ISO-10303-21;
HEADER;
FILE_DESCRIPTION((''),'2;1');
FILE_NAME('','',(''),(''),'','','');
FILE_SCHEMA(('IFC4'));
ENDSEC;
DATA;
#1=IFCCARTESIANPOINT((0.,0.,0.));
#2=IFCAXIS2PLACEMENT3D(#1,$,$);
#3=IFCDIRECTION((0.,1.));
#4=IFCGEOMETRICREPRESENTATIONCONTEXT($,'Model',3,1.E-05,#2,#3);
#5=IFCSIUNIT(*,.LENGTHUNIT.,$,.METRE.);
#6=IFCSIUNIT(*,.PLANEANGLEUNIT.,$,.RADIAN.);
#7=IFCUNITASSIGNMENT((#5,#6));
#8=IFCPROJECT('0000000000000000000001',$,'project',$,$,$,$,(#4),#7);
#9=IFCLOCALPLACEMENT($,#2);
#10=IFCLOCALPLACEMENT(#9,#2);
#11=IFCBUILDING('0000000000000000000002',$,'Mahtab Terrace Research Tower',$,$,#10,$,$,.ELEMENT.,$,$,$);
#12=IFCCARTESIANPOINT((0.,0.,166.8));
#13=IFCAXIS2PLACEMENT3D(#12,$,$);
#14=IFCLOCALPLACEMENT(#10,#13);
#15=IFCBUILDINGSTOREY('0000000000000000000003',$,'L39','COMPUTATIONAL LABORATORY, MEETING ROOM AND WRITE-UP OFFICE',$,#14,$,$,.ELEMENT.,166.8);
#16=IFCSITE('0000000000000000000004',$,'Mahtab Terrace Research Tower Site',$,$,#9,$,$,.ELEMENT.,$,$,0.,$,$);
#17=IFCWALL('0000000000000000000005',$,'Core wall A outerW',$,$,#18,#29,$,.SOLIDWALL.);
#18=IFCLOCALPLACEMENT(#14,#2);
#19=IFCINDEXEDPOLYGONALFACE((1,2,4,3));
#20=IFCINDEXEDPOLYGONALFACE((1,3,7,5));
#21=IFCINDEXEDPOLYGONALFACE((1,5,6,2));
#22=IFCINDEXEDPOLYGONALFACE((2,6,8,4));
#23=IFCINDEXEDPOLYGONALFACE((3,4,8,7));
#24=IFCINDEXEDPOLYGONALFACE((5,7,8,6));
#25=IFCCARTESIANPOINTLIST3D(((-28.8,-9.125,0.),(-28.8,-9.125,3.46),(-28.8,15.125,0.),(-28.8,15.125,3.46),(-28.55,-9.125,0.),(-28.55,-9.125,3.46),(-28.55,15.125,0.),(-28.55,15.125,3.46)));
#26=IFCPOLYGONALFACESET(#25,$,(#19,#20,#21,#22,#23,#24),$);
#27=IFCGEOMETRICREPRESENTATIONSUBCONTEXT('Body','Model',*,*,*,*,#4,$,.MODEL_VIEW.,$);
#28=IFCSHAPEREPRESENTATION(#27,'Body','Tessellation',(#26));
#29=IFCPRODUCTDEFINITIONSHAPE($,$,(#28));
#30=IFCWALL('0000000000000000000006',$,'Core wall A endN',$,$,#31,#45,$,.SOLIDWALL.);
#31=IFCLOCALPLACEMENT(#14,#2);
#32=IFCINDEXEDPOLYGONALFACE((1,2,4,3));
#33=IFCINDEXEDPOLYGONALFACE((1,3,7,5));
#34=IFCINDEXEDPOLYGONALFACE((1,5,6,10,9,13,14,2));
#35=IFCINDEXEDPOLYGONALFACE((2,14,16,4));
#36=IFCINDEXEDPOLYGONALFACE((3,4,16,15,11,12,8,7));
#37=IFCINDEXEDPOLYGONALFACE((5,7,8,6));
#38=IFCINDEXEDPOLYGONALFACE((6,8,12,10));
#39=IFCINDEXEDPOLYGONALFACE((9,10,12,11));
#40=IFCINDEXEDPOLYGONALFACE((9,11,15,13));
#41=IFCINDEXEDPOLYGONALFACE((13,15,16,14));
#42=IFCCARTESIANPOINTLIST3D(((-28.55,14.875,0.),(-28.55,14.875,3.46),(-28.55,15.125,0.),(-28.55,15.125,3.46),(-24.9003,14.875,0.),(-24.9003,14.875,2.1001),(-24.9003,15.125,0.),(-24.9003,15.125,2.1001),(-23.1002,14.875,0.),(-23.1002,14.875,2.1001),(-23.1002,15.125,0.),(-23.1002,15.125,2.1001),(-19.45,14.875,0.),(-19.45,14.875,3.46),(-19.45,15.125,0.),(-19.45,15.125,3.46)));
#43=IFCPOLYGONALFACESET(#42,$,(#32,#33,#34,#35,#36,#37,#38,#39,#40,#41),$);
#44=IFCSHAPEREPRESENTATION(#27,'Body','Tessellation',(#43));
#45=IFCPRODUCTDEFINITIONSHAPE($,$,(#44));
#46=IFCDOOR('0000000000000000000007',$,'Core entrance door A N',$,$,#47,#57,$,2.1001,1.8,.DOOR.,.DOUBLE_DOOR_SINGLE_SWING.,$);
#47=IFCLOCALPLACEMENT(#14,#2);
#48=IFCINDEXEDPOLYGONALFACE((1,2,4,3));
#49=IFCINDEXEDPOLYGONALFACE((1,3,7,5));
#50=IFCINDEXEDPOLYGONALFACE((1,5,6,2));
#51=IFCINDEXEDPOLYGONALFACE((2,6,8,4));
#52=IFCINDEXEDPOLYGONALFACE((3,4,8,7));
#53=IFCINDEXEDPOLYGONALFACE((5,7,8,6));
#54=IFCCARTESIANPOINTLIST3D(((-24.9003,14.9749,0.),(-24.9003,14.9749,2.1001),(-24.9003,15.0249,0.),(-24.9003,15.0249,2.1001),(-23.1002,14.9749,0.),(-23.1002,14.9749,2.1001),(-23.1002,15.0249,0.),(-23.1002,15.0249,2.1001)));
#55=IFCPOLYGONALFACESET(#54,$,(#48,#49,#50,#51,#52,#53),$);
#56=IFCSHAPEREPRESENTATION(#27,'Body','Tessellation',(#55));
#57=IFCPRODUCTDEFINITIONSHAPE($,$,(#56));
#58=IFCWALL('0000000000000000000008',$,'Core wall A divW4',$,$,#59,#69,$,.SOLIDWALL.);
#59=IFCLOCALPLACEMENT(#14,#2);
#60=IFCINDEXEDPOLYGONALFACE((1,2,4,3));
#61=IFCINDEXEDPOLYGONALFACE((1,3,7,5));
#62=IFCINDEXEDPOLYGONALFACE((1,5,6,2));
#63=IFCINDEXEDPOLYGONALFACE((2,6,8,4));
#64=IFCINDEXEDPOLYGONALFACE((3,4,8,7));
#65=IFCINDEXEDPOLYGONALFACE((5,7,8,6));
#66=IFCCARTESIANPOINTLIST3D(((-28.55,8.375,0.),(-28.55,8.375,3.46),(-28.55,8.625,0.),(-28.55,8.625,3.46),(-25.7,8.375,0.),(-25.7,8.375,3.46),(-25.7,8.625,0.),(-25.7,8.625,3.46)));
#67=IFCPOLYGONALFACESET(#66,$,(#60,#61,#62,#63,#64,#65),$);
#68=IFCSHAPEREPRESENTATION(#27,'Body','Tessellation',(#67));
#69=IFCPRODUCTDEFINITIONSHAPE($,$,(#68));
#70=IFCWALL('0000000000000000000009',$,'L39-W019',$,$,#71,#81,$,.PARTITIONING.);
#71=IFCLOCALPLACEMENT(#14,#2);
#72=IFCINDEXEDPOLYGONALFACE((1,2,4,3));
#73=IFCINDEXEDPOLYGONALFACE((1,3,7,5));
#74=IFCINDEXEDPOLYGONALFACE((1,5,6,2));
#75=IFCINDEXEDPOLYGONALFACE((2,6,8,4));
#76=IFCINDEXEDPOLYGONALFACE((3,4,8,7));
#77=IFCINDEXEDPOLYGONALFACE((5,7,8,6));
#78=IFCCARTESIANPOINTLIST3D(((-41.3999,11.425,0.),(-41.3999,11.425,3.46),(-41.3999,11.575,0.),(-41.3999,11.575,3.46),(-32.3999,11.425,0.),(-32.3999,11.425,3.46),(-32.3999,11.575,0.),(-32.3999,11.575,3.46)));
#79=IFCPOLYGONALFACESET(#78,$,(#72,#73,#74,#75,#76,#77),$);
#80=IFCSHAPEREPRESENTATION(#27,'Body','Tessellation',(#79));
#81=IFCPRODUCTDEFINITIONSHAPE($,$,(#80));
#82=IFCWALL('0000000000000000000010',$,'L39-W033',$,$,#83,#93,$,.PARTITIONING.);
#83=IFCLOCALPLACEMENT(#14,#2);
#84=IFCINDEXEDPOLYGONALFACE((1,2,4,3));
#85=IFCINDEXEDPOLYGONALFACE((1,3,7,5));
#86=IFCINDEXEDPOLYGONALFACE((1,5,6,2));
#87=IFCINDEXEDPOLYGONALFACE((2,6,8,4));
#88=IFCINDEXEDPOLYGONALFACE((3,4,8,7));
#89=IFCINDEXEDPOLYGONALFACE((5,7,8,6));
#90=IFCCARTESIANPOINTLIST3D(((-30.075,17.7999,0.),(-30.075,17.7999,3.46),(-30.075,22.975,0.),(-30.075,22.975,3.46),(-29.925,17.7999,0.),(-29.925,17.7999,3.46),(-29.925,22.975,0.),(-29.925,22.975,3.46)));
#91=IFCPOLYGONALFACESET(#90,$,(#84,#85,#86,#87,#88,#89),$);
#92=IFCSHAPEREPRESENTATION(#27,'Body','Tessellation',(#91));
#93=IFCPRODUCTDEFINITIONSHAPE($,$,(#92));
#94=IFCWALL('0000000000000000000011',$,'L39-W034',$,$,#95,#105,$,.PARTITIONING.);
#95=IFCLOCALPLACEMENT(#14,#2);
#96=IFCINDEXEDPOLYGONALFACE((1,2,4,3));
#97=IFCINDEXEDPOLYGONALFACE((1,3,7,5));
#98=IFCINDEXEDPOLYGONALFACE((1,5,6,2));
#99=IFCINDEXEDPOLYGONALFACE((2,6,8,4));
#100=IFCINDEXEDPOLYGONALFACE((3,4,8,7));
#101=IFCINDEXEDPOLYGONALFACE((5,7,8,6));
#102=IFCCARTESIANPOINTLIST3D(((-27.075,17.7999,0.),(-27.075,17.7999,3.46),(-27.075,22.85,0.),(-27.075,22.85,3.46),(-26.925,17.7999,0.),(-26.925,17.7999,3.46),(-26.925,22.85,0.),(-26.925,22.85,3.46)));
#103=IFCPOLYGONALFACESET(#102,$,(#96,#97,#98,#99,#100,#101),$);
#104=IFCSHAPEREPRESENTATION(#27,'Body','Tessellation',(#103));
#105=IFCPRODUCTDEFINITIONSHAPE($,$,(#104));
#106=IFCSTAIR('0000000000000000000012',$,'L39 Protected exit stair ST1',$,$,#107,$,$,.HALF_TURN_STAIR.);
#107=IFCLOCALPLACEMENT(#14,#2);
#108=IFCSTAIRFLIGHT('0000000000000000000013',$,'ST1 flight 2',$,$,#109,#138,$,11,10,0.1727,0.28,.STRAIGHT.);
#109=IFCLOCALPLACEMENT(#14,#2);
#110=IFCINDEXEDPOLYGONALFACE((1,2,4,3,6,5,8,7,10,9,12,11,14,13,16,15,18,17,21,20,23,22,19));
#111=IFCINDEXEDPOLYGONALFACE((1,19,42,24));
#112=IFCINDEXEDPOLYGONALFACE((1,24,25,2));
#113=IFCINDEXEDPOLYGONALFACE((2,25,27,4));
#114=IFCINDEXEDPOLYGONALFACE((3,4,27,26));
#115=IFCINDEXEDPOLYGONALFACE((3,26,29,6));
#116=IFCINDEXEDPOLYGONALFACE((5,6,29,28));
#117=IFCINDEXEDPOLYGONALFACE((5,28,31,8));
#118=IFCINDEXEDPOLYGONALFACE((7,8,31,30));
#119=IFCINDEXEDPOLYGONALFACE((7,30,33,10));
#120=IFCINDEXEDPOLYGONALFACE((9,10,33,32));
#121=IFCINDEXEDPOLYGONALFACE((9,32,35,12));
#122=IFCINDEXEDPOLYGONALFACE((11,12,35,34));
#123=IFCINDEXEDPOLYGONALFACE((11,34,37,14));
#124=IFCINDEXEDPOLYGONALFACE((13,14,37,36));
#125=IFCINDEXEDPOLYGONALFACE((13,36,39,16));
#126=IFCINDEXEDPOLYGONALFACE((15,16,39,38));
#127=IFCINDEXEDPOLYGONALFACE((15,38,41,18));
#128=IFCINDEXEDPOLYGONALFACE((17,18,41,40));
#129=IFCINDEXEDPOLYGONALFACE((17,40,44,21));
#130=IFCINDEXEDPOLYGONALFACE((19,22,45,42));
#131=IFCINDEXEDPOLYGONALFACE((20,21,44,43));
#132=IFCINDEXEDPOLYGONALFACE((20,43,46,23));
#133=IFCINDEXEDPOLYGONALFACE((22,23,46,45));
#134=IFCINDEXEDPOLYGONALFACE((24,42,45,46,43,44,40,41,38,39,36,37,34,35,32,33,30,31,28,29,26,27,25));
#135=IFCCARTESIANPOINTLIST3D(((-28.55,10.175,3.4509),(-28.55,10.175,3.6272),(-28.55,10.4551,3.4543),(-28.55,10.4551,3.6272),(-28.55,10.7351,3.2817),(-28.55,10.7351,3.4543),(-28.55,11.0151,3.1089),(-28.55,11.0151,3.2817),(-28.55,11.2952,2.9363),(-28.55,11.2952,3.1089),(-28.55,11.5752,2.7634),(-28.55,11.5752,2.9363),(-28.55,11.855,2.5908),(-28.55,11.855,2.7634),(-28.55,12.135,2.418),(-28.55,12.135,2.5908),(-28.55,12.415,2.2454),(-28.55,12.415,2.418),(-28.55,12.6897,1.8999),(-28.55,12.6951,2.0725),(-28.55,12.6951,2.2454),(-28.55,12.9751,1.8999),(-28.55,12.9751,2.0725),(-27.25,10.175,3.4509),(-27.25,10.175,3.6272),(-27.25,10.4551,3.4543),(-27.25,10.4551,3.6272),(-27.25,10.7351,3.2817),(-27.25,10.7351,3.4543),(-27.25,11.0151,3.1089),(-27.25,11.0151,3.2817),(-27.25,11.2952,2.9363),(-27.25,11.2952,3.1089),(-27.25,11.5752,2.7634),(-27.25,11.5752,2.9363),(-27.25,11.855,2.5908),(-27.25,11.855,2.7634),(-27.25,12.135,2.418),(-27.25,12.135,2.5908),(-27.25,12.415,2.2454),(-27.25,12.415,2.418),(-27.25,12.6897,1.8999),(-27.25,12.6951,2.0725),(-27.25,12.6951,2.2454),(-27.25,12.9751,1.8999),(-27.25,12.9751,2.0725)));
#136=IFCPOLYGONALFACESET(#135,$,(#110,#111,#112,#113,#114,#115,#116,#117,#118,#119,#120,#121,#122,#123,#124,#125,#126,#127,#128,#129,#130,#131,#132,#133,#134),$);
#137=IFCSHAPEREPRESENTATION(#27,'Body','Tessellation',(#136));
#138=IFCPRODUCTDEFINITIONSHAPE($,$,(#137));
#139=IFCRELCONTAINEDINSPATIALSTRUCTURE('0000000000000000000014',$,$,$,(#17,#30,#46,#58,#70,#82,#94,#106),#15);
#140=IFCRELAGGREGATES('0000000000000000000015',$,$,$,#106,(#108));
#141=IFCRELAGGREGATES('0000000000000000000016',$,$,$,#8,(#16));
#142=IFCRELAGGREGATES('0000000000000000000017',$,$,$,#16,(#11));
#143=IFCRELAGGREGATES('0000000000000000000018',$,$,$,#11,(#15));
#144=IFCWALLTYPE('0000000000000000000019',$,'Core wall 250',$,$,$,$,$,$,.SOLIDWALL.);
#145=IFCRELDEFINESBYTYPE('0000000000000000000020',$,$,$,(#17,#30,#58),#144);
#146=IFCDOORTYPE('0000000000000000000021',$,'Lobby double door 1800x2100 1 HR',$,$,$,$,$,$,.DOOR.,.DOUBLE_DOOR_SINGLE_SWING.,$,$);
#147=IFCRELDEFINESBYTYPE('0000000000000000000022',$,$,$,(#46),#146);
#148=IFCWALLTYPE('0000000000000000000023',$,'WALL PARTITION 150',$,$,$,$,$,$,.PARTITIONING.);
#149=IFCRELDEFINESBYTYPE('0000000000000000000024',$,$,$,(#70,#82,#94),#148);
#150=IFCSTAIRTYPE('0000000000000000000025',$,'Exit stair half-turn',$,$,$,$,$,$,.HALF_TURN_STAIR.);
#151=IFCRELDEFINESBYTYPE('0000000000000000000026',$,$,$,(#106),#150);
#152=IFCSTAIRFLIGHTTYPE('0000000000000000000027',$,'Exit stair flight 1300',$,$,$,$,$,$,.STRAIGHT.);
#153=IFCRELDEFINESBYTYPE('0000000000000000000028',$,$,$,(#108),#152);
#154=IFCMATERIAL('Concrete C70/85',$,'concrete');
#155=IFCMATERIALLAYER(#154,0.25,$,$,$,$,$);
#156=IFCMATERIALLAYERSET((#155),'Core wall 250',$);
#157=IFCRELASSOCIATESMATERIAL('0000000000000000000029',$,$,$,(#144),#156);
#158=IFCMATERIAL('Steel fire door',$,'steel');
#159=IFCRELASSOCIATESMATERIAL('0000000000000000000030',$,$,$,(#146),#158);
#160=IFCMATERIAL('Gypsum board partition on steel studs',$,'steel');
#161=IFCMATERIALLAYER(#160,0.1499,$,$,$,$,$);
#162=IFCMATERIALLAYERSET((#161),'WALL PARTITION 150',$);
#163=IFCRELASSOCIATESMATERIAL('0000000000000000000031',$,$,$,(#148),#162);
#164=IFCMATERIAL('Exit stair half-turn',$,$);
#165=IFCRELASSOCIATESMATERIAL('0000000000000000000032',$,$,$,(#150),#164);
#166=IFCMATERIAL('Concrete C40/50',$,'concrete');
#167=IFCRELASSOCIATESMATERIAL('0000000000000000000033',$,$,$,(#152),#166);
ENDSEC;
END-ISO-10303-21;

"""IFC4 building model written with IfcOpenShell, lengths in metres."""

from ifc_helpers import new_model, si_unit, direction, frame, frame_2d, origin, place, context, subcontext, project, spatial, polyline, rectangle, outline, extrude, material, layer, layer_set, type_object, element, fill, aggregate, save


model = new_model("IFC4")

# Units and contexts
model_context = context("Model", 3, precision=1e-05, world=origin(), true_north=direction((0.0, 1.0)))
body_context = subcontext(model_context, "Body", "Model", "MODEL_VIEW")
ifc_project = project(units=[si_unit("LENGTHUNIT", "METRE"), si_unit("PLANEANGLEUNIT", "RADIAN")], contexts=[model_context])

# Site, building, storey
site_placement = place(None, origin())
site = spatial("IfcSite", under=ifc_project, at=site_placement, Name="Mahtab Terrace Research Tower Site", CompositionType="ELEMENT", RefElevation=0.0)
building_placement = place(site_placement, origin())
building = spatial("IfcBuilding", under=site, at=building_placement, Name="Mahtab Terrace Research Tower", CompositionType="ELEMENT")
storey_placement = place(building_placement, frame((0.0, 0.0, 166.8)))
storey = spatial("IfcBuildingStorey", under=building, at=storey_placement, Name="L39", Description="COMPUTATIONAL LABORATORY, MEETING ROOM AND WRITE-UP OFFICE", CompositionType="ELEMENT", Elevation=166.8)

# Shared definitions
ifc_material_1 = material(Name="Concrete C70/85", Category="concrete")

# Wall
ifc_layer_1 = layer(ifc_material_1, 0.25)
ifc_layer_set_1 = layer_set([ifc_layer_1], Name="Core wall 250")
wall_type_1 = type_object("IfcWallType", Name="Core wall 250", PredefinedType="SOLIDWALL", material=ifc_layer_set_1)
wall_1_placement = place(storey_placement, frame((-28.675, 15.125, 0.0), z_axis=(0.0, 0.0, 1.0), x_axis=(0.0, -1.0, 0.0)))
element("IfcWall", 1, at=wall_1_placement, inside=storey, type_object=wall_type_1, Name="Core wall A outerW", PredefinedType="SOLIDWALL", context=body_context, shape_type="SweptSolid", body=[
    extrude(rectangle(XDim=24.25, YDim=0.25, at=frame_2d((12.125, 0.0))), origin(), (0.0, 0.0, 1.0), 3.46),
])

# Wall, opening, door
wall_2_placement = place(storey_placement, frame((-28.55, 15.0, 0.0), z_axis=(0.0, 0.0, 1.0), x_axis=(1.0, 0.0, 0.0)))
wall_2 = element("IfcWall", 2, at=wall_2_placement, inside=storey, type_object=wall_type_1, Name="Core wall A endN", PredefinedType="SOLIDWALL", context=body_context, shape_type="SweptSolid", body=[
    extrude(rectangle(XDim=9.1001, YDim=0.25, at=frame_2d((4.55, 0.0))), origin(), (0.0, 0.0, 1.0), 3.46),
])
opening_placement = place(wall_2_placement, frame((3.6499, 0.0, 0.0)))
opening = element("IfcOpeningElement", 3, at=opening_placement, cuts=wall_2, PredefinedType="OPENING", context=body_context, shape_type="SweptSolid", body=[
    extrude(rectangle(XDim=1.8, YDim=2.1001, at=frame_2d((0.8999, 1.05))), frame((0.0, 0.135, 0.0), z_axis=(0.0, -1.0, 0.0), x_axis=(1.0, 0.0, 0.0)), (0.0, 0.0, 1.0), 0.27),
])
ifc_material_2 = material(Name="Steel fire door", Category="steel")
door_type = type_object("IfcDoorType", Name="Lobby double door 1800x2100 1 HR", OperationType="DOUBLE_DOOR_SINGLE_SWING", PredefinedType="DOOR", material=ifc_material_2)
door_placement = place(opening_placement, origin())
door = element("IfcDoor", 4, at=door_placement, inside=storey, type_object=door_type, Name="Core entrance door A N", OperationType="DOUBLE_DOOR_SINGLE_SWING", OverallHeight=2.1001, OverallWidth=1.8, PredefinedType="DOOR", context=body_context, shape_type="SweptSolid", body=[
    extrude(rectangle(XDim=1.8, YDim=2.1001, at=frame_2d((0.8999, 1.05))), frame((0.0, 0.0249, 0.0), z_axis=(0.0, -1.0, 0.0), x_axis=(1.0, 0.0, 0.0)), (0.0, 0.0, 1.0), 0.05),
])
fill(opening, door)

# Walls
wall_3_placement = place(storey_placement, frame((-28.55, 8.5, 0.0), z_axis=(0.0, 0.0, 1.0), x_axis=(1.0, 0.0, 0.0)))
element("IfcWall", 5, at=wall_3_placement, inside=storey, type_object=wall_type_1, Name="Core wall A divW4", PredefinedType="SOLIDWALL", context=body_context, shape_type="SweptSolid", body=[
    extrude(rectangle(XDim=2.8501, YDim=0.25, at=frame_2d((1.425, 0.0))), origin(), (0.0, 0.0, 1.0), 3.46),
])
ifc_material_3 = material(Name="Gypsum board partition on steel studs", Category="steel")
ifc_layer_2 = layer(ifc_material_3, 0.1499)
ifc_layer_set_2 = layer_set([ifc_layer_2], Name="WALL PARTITION 150")
wall_type_2 = type_object("IfcWallType", Name="WALL PARTITION 150", PredefinedType="PARTITIONING", material=ifc_layer_set_2)
wall_4_placement = place(storey_placement, frame((-41.3999, 11.5, 0.0), z_axis=(0.0, 0.0, 1.0), x_axis=(1.0, 0.0, 0.0)))
element("IfcWall", 6, at=wall_4_placement, inside=storey, type_object=wall_type_2, Name="L39-W019", PredefinedType="PARTITIONING", context=body_context, shape_type="SweptSolid", body=[
    extrude(rectangle(XDim=9.0, YDim=0.1499, at=frame_2d((4.5, 0.0))), origin(), (0.0, 0.0, 1.0), 3.46),
])
wall_5_placement = place(storey_placement, frame((-30.0, 17.8, 0.0), z_axis=(0.0, 0.0, 1.0), x_axis=(0.0, 1.0, 0.0)))
element("IfcWall", 7, at=wall_5_placement, inside=storey, type_object=wall_type_2, Name="L39-W033", PredefinedType="PARTITIONING", context=body_context, shape_type="SweptSolid", body=[
    extrude(rectangle(XDim=5.175, YDim=0.1499, at=frame_2d((2.5874, 0.0))), origin(), (0.0, 0.0, 1.0), 3.46),
])
wall_6_placement = place(storey_placement, frame((-27.0, 17.8, 0.0), z_axis=(0.0, 0.0, 1.0), x_axis=(0.0, 1.0, 0.0)))
element("IfcWall", 8, at=wall_6_placement, inside=storey, type_object=wall_type_2, Name="L39-W034", PredefinedType="PARTITIONING", context=body_context, shape_type="SweptSolid", body=[
    extrude(rectangle(XDim=5.05, YDim=0.1499, at=frame_2d((2.5249, 0.0))), origin(), (0.0, 0.0, 1.0), 3.46),
])

# Stair, stair flight
ifc_material_4 = material(Name="Exit stair half-turn")
stair_type = type_object("IfcStairType", Name="Exit stair half-turn", PredefinedType="HALF_TURN_STAIR", material=ifc_material_4)
stair_placement = place(storey_placement, origin())
stair = element("IfcStair", 9, at=stair_placement, inside=storey, type_object=stair_type, Name="L39 Protected exit stair ST1", PredefinedType="HALF_TURN_STAIR")
ifc_material_5 = material(Name="Concrete C40/50", Category="concrete")
stair_flight_type = type_object("IfcStairFlightType", Name="Exit stair flight 1300", PredefinedType="STRAIGHT", material=ifc_material_5)
stair_flight_placement = place(storey_placement, frame((-27.8999, 12.9751, 1.8999), z_axis=(0.0, 0.0, 1.0), x_axis=(0.0, -1.0, 0.0)))
stair_flight = element("IfcStairFlight", 10, at=stair_flight_placement, type_object=stair_flight_type, Name="ST1 flight 2", NumberOfRisers=11, NumberOfTreads=10, PredefinedType="STRAIGHT", RiserHeight=0.1727, TreadLength=0.28, context=body_context, shape_type="SweptSolid", body=[
    extrude(outline(polyline([(0.0, 0.0), (0.0, 0.1726), (0.28, 0.1726), (0.28, 0.3455), (0.5601, 0.3455), (0.5601, 0.5181), (0.8401, 0.5181), (0.8401, 0.6909), (1.1201, 0.6909), (1.1201, 0.8635), (1.3999, 0.8635), (1.3999, 1.0364), (1.6799, 1.0364), (1.6799, 1.209), (1.96, 1.209), (1.96, 1.3818), (2.24, 1.3818), (2.24, 1.5544), (2.52, 1.5544), (2.52, 1.7273), (2.8, 1.7273), (2.8, 1.8999), (2.8, 1.551), (0.2854, 0.0), (0.0, 0.0)])), frame((0.0, 0.6499, 0.0), z_axis=(0.0, -1.0, 0.0), x_axis=(1.0, 0.0, 0.0)), (0.0, 0.0, 1.0), 1.3),
])
aggregate(stair, [stair_flight])

save(model, "model.ifc")
